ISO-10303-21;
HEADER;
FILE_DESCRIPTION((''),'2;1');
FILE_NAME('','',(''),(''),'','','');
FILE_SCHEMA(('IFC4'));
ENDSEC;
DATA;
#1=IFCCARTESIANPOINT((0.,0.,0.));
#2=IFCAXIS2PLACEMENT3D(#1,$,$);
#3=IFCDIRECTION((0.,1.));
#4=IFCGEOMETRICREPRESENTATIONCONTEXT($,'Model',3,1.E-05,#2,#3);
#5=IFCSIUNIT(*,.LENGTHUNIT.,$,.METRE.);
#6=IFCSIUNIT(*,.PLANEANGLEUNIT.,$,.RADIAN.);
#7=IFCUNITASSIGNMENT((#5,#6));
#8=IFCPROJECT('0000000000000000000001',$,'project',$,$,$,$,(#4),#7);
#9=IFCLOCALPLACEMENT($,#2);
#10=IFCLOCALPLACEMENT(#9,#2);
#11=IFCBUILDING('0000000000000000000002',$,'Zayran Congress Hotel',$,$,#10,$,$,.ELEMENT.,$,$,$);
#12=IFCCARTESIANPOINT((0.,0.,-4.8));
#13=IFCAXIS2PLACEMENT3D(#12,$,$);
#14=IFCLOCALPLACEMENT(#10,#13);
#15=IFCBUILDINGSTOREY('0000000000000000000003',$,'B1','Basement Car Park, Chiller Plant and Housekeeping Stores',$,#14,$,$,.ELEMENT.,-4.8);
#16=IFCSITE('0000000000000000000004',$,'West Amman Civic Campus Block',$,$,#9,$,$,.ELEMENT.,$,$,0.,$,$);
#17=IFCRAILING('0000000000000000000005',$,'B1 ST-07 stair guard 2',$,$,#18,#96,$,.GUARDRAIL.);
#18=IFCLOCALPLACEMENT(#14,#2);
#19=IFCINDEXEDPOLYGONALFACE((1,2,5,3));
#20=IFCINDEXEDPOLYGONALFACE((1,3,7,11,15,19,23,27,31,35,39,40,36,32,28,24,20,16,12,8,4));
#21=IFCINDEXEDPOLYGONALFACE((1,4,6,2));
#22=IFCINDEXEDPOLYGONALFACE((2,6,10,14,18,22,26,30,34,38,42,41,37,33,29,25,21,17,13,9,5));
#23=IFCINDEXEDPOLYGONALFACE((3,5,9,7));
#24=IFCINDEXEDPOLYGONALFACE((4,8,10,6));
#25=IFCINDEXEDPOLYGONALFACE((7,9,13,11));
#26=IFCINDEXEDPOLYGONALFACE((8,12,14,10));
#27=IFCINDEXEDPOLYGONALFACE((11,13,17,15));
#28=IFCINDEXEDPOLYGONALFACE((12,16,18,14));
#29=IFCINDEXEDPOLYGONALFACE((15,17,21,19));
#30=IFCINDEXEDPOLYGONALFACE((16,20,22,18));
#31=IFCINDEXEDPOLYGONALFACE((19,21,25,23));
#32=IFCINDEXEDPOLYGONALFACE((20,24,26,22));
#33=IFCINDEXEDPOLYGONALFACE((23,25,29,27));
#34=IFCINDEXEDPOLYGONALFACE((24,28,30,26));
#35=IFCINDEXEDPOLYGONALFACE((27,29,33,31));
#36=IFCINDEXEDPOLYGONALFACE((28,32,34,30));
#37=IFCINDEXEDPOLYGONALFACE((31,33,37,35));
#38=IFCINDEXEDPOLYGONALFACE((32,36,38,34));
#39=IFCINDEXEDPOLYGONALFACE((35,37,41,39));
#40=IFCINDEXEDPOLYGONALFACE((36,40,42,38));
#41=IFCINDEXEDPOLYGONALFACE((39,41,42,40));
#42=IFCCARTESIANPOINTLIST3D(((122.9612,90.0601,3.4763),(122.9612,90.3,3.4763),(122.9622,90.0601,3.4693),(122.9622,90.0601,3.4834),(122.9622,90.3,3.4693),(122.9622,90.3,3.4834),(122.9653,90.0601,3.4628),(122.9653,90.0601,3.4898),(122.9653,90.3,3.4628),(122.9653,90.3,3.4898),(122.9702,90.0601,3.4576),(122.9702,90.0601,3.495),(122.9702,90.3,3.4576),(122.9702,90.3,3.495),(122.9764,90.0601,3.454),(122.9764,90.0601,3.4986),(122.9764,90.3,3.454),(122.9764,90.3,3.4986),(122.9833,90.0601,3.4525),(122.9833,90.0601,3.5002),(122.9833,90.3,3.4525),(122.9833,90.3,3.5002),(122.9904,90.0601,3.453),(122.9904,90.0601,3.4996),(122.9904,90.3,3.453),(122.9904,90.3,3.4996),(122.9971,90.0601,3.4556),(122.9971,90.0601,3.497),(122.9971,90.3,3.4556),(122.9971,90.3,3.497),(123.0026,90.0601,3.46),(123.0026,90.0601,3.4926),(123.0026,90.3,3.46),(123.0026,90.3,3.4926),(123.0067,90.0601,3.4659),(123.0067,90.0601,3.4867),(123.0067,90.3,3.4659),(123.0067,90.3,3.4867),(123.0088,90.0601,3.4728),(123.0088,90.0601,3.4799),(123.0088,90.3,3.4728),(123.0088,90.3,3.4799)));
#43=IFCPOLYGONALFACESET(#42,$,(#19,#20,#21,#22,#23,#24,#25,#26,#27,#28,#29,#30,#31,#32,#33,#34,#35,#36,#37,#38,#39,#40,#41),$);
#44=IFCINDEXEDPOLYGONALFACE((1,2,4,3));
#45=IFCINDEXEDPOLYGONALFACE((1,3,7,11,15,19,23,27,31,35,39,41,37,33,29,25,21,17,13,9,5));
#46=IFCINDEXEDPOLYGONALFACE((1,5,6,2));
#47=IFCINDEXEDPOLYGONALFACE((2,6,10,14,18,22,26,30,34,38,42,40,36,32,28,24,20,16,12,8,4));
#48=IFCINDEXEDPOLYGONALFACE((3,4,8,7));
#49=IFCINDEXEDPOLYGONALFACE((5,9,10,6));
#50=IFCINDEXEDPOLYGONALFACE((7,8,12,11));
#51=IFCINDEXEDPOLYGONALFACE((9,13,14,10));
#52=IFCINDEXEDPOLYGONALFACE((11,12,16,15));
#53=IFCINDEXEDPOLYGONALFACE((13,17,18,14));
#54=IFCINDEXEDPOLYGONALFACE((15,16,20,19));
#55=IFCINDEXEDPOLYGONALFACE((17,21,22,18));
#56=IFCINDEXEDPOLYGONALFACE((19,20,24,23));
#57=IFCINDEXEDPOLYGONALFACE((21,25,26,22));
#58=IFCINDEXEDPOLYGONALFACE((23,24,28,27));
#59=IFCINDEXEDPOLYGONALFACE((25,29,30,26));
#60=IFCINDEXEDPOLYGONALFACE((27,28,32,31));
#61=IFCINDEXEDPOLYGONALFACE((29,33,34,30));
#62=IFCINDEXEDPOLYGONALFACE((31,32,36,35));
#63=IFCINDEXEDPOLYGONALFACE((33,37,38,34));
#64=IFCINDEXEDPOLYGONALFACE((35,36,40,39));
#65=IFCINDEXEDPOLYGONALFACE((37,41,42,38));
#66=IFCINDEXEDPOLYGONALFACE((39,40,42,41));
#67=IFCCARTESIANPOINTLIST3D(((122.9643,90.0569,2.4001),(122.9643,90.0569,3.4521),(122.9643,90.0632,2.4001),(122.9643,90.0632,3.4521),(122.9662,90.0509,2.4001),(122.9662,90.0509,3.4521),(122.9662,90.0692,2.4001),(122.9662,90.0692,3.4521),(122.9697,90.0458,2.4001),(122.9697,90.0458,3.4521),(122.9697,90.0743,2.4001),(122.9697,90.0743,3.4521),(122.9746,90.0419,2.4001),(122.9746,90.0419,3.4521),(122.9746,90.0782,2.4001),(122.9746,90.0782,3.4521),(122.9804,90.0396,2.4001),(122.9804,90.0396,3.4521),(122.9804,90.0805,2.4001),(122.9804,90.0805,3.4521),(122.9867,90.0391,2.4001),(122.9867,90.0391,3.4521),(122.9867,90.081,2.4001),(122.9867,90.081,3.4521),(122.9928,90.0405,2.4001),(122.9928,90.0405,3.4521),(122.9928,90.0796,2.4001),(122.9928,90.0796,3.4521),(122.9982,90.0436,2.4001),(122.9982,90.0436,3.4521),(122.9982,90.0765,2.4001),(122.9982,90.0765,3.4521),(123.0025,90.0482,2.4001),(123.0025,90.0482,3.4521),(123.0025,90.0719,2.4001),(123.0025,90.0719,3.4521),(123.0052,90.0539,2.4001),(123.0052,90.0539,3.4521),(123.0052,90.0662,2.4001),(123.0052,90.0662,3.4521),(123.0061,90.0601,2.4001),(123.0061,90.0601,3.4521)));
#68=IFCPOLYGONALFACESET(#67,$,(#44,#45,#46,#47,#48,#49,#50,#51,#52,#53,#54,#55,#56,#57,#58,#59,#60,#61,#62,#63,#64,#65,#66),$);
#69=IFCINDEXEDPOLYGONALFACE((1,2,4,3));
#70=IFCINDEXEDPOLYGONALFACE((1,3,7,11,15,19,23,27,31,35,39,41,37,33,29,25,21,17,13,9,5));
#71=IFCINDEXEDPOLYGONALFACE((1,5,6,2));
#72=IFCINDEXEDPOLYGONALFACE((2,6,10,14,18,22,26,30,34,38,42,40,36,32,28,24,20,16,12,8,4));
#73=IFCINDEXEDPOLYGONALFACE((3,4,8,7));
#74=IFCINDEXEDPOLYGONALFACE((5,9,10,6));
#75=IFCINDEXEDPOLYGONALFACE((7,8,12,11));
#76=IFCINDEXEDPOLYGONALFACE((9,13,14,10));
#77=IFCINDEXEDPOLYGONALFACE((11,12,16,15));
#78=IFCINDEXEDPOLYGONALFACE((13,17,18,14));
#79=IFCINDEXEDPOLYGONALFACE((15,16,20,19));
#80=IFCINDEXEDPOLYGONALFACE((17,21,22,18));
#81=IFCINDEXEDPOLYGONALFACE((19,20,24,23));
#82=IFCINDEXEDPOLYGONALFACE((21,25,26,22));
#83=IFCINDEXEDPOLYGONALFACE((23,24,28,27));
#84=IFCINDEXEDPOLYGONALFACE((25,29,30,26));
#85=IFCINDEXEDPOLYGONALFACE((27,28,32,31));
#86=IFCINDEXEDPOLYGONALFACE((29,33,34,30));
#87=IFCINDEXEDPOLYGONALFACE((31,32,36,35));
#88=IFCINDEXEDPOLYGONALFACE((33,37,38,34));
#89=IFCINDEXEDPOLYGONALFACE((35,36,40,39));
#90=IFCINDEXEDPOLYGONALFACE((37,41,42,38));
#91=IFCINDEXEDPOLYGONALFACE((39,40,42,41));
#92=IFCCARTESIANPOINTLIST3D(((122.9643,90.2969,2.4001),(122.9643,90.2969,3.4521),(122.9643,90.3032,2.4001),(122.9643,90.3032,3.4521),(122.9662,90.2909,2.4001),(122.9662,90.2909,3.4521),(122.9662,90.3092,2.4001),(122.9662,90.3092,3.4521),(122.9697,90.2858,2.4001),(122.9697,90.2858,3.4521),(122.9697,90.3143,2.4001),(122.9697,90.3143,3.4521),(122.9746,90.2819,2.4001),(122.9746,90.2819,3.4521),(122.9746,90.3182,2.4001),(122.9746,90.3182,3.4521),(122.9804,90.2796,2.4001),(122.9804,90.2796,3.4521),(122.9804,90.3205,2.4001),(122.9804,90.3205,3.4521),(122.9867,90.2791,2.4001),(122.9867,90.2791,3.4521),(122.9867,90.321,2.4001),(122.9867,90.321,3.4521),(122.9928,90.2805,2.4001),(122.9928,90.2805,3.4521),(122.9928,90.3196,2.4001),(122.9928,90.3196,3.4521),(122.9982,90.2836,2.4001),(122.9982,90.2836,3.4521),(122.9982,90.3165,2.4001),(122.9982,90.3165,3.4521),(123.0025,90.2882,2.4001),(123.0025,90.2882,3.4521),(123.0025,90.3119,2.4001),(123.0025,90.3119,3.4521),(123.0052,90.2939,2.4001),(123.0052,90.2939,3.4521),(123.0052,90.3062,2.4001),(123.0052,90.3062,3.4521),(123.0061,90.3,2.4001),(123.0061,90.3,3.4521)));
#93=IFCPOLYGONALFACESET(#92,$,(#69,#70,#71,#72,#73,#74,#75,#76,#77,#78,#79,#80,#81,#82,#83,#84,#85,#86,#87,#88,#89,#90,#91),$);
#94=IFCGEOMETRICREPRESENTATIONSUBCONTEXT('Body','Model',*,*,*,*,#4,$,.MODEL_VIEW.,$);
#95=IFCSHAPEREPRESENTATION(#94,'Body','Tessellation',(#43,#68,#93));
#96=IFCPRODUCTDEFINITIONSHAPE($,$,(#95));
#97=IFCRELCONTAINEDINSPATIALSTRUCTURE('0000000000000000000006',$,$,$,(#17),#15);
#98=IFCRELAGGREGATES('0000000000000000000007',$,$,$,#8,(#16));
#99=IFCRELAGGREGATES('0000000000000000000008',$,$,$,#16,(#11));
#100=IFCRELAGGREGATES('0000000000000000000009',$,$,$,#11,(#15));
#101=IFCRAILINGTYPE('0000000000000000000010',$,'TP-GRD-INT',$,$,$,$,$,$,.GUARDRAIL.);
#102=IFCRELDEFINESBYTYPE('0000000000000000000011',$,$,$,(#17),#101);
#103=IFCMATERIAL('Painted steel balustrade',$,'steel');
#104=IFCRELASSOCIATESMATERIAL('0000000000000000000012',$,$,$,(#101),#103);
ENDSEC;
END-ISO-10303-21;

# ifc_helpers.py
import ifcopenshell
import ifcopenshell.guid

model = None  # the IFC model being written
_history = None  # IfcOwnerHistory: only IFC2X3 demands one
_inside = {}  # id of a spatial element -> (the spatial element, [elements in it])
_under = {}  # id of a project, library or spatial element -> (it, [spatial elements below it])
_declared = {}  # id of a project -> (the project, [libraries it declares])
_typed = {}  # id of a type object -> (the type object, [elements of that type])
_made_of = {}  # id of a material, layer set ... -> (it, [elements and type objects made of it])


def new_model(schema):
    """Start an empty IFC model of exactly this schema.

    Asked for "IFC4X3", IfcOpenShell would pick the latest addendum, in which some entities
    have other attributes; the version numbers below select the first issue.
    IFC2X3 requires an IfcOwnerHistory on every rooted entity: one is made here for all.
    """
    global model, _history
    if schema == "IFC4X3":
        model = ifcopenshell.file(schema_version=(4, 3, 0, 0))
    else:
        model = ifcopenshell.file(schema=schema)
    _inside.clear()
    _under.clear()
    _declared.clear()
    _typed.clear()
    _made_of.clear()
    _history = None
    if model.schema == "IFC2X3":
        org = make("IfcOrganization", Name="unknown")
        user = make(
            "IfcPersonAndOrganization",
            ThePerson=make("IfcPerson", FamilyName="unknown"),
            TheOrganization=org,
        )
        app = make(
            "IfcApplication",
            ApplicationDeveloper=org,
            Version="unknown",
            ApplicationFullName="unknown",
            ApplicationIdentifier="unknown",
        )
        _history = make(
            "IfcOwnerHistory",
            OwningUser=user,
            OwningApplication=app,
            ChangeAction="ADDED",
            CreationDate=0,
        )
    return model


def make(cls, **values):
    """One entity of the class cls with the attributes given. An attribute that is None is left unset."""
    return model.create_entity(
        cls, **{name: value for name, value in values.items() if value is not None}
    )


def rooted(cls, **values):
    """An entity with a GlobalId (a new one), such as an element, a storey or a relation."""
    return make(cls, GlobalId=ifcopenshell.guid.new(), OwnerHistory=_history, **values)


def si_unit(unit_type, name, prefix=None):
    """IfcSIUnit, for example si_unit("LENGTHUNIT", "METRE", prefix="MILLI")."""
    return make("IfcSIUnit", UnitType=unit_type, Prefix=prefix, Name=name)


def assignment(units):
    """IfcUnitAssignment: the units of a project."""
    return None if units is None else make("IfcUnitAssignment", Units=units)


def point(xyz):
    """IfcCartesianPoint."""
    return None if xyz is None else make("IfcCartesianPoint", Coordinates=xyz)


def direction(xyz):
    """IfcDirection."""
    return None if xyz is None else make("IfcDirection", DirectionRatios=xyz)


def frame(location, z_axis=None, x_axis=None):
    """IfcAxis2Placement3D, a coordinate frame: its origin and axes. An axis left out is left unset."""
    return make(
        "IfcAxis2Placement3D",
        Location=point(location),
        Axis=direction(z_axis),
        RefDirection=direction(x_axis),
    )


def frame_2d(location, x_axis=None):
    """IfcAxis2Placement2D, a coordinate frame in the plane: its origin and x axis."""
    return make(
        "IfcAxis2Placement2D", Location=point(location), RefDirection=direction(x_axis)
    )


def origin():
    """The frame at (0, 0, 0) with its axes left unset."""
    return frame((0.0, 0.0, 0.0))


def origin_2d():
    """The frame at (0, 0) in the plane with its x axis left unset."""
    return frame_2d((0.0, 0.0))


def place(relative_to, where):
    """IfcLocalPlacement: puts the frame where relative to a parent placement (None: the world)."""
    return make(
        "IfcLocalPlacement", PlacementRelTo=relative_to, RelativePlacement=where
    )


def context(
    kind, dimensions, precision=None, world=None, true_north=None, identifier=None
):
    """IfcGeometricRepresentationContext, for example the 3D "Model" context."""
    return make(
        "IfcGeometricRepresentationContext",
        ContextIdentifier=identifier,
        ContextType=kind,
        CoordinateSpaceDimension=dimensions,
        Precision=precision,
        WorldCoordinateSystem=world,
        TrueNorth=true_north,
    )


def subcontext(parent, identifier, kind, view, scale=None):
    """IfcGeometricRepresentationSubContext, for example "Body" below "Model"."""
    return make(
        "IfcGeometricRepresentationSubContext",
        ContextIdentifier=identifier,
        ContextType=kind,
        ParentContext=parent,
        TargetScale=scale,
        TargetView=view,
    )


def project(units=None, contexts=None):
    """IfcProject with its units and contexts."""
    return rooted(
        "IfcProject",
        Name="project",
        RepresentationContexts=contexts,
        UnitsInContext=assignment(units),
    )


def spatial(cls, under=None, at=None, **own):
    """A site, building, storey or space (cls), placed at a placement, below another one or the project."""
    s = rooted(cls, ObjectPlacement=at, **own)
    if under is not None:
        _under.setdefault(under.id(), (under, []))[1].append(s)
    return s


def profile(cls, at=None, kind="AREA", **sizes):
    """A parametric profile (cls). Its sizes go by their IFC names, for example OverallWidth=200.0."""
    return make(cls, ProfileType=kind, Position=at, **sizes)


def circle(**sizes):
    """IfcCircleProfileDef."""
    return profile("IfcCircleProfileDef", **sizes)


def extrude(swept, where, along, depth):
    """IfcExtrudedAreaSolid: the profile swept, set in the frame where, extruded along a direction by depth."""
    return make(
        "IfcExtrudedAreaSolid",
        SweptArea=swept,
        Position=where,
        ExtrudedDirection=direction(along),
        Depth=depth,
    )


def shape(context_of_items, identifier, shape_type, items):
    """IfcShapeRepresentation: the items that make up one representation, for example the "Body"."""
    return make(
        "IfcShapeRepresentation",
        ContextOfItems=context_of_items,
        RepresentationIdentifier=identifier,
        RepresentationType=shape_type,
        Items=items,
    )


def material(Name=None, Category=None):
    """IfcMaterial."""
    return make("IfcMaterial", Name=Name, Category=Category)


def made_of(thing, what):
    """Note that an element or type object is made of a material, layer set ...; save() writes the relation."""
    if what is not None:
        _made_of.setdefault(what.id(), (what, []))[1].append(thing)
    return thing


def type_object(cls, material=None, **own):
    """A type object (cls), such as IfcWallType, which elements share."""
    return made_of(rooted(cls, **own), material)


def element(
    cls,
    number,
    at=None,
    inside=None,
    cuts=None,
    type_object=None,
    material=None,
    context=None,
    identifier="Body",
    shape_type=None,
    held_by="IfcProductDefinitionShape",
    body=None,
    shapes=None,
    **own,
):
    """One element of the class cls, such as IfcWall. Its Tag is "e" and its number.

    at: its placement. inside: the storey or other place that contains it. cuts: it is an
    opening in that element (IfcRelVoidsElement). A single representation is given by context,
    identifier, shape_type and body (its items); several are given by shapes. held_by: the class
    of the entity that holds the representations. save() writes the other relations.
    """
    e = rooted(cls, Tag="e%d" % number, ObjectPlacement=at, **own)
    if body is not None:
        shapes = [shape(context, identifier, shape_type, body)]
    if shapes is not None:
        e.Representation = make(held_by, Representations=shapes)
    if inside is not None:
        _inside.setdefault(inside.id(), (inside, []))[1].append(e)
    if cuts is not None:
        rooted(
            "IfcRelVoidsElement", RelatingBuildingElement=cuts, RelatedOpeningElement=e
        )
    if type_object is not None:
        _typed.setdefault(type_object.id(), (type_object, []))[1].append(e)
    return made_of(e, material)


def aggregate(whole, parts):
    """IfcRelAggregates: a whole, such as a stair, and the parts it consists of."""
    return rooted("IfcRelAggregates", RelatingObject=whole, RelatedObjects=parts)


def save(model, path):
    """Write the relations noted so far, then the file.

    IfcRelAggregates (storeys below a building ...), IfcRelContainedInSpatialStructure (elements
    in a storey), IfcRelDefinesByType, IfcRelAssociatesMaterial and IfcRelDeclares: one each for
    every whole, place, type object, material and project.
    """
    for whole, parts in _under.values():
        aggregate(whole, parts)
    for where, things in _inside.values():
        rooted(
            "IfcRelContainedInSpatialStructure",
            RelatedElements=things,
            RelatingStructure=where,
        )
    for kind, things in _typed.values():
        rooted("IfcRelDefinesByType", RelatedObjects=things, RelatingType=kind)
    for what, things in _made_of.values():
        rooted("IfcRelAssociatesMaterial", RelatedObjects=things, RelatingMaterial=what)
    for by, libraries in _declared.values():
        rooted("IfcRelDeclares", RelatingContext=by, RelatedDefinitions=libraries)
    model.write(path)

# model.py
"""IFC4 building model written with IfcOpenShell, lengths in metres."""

from ifc_helpers import new_model, si_unit, direction, frame, origin, origin_2d, place, context, subcontext, project, spatial, circle, extrude, material, type_object, element, save


model = new_model("IFC4")

# Units and contexts
model_context = context("Model", 3, precision=1e-05, world=origin(), true_north=direction((0.0, 1.0)))
body_context = subcontext(model_context, "Body", "Model", "MODEL_VIEW")
ifc_project = project(units=[si_unit("LENGTHUNIT", "METRE"), si_unit("PLANEANGLEUNIT", "RADIAN")], contexts=[model_context])

# Site, building, storey
site_placement = place(None, origin())
site = spatial("IfcSite", under=ifc_project, at=site_placement, Name="West Amman Civic Campus Block", CompositionType="ELEMENT", RefElevation=0.0)
building_placement = place(site_placement, origin())
building = spatial("IfcBuilding", under=site, at=building_placement, Name="Zayran Congress Hotel", CompositionType="ELEMENT")
storey_placement = place(building_placement, frame((0.0, 0.0, -4.8)))
storey = spatial("IfcBuildingStorey", under=building, at=storey_placement, Name="B1", Description="Basement Car Park, Chiller Plant and Housekeeping Stores", CompositionType="ELEMENT", Elevation=-4.8)

# Railing
ifc_material_1 = material(Name="Painted steel balustrade", Category="steel")
railing_type_1 = type_object("IfcRailingType", Name="TP-GRD-INT", PredefinedType="GUARDRAIL", material=ifc_material_1)
railing_1_placement = place(storey_placement, frame((122.9851, 90.0601, 2.4001)))
element("IfcRailing", 1, at=railing_1_placement, inside=storey, type_object=railing_type_1, Name="B1 ST-07 stair guard 2", PredefinedType="GUARDRAIL", context=body_context, shape_type="SweptSolid", body=[
    extrude(circle(Radius=0.0239, at=origin_2d()), frame((0.0, 0.0, 1.0762), z_axis=(0.0, 1.0, 0.0), x_axis=(-1.0, 0.0, 0.0)), (0.0, 0.0, 1.0), 0.24),
    extrude(circle(Radius=0.021, at=origin_2d()), origin(), (0.0, 0.0, 1.0), 1.052),
    extrude(circle(Radius=0.021, at=origin_2d()), frame((0.0, 0.24, 0.0)), (0.0, 0.0, 1.0), 1.052),
])

save(model, "model.ifc")
